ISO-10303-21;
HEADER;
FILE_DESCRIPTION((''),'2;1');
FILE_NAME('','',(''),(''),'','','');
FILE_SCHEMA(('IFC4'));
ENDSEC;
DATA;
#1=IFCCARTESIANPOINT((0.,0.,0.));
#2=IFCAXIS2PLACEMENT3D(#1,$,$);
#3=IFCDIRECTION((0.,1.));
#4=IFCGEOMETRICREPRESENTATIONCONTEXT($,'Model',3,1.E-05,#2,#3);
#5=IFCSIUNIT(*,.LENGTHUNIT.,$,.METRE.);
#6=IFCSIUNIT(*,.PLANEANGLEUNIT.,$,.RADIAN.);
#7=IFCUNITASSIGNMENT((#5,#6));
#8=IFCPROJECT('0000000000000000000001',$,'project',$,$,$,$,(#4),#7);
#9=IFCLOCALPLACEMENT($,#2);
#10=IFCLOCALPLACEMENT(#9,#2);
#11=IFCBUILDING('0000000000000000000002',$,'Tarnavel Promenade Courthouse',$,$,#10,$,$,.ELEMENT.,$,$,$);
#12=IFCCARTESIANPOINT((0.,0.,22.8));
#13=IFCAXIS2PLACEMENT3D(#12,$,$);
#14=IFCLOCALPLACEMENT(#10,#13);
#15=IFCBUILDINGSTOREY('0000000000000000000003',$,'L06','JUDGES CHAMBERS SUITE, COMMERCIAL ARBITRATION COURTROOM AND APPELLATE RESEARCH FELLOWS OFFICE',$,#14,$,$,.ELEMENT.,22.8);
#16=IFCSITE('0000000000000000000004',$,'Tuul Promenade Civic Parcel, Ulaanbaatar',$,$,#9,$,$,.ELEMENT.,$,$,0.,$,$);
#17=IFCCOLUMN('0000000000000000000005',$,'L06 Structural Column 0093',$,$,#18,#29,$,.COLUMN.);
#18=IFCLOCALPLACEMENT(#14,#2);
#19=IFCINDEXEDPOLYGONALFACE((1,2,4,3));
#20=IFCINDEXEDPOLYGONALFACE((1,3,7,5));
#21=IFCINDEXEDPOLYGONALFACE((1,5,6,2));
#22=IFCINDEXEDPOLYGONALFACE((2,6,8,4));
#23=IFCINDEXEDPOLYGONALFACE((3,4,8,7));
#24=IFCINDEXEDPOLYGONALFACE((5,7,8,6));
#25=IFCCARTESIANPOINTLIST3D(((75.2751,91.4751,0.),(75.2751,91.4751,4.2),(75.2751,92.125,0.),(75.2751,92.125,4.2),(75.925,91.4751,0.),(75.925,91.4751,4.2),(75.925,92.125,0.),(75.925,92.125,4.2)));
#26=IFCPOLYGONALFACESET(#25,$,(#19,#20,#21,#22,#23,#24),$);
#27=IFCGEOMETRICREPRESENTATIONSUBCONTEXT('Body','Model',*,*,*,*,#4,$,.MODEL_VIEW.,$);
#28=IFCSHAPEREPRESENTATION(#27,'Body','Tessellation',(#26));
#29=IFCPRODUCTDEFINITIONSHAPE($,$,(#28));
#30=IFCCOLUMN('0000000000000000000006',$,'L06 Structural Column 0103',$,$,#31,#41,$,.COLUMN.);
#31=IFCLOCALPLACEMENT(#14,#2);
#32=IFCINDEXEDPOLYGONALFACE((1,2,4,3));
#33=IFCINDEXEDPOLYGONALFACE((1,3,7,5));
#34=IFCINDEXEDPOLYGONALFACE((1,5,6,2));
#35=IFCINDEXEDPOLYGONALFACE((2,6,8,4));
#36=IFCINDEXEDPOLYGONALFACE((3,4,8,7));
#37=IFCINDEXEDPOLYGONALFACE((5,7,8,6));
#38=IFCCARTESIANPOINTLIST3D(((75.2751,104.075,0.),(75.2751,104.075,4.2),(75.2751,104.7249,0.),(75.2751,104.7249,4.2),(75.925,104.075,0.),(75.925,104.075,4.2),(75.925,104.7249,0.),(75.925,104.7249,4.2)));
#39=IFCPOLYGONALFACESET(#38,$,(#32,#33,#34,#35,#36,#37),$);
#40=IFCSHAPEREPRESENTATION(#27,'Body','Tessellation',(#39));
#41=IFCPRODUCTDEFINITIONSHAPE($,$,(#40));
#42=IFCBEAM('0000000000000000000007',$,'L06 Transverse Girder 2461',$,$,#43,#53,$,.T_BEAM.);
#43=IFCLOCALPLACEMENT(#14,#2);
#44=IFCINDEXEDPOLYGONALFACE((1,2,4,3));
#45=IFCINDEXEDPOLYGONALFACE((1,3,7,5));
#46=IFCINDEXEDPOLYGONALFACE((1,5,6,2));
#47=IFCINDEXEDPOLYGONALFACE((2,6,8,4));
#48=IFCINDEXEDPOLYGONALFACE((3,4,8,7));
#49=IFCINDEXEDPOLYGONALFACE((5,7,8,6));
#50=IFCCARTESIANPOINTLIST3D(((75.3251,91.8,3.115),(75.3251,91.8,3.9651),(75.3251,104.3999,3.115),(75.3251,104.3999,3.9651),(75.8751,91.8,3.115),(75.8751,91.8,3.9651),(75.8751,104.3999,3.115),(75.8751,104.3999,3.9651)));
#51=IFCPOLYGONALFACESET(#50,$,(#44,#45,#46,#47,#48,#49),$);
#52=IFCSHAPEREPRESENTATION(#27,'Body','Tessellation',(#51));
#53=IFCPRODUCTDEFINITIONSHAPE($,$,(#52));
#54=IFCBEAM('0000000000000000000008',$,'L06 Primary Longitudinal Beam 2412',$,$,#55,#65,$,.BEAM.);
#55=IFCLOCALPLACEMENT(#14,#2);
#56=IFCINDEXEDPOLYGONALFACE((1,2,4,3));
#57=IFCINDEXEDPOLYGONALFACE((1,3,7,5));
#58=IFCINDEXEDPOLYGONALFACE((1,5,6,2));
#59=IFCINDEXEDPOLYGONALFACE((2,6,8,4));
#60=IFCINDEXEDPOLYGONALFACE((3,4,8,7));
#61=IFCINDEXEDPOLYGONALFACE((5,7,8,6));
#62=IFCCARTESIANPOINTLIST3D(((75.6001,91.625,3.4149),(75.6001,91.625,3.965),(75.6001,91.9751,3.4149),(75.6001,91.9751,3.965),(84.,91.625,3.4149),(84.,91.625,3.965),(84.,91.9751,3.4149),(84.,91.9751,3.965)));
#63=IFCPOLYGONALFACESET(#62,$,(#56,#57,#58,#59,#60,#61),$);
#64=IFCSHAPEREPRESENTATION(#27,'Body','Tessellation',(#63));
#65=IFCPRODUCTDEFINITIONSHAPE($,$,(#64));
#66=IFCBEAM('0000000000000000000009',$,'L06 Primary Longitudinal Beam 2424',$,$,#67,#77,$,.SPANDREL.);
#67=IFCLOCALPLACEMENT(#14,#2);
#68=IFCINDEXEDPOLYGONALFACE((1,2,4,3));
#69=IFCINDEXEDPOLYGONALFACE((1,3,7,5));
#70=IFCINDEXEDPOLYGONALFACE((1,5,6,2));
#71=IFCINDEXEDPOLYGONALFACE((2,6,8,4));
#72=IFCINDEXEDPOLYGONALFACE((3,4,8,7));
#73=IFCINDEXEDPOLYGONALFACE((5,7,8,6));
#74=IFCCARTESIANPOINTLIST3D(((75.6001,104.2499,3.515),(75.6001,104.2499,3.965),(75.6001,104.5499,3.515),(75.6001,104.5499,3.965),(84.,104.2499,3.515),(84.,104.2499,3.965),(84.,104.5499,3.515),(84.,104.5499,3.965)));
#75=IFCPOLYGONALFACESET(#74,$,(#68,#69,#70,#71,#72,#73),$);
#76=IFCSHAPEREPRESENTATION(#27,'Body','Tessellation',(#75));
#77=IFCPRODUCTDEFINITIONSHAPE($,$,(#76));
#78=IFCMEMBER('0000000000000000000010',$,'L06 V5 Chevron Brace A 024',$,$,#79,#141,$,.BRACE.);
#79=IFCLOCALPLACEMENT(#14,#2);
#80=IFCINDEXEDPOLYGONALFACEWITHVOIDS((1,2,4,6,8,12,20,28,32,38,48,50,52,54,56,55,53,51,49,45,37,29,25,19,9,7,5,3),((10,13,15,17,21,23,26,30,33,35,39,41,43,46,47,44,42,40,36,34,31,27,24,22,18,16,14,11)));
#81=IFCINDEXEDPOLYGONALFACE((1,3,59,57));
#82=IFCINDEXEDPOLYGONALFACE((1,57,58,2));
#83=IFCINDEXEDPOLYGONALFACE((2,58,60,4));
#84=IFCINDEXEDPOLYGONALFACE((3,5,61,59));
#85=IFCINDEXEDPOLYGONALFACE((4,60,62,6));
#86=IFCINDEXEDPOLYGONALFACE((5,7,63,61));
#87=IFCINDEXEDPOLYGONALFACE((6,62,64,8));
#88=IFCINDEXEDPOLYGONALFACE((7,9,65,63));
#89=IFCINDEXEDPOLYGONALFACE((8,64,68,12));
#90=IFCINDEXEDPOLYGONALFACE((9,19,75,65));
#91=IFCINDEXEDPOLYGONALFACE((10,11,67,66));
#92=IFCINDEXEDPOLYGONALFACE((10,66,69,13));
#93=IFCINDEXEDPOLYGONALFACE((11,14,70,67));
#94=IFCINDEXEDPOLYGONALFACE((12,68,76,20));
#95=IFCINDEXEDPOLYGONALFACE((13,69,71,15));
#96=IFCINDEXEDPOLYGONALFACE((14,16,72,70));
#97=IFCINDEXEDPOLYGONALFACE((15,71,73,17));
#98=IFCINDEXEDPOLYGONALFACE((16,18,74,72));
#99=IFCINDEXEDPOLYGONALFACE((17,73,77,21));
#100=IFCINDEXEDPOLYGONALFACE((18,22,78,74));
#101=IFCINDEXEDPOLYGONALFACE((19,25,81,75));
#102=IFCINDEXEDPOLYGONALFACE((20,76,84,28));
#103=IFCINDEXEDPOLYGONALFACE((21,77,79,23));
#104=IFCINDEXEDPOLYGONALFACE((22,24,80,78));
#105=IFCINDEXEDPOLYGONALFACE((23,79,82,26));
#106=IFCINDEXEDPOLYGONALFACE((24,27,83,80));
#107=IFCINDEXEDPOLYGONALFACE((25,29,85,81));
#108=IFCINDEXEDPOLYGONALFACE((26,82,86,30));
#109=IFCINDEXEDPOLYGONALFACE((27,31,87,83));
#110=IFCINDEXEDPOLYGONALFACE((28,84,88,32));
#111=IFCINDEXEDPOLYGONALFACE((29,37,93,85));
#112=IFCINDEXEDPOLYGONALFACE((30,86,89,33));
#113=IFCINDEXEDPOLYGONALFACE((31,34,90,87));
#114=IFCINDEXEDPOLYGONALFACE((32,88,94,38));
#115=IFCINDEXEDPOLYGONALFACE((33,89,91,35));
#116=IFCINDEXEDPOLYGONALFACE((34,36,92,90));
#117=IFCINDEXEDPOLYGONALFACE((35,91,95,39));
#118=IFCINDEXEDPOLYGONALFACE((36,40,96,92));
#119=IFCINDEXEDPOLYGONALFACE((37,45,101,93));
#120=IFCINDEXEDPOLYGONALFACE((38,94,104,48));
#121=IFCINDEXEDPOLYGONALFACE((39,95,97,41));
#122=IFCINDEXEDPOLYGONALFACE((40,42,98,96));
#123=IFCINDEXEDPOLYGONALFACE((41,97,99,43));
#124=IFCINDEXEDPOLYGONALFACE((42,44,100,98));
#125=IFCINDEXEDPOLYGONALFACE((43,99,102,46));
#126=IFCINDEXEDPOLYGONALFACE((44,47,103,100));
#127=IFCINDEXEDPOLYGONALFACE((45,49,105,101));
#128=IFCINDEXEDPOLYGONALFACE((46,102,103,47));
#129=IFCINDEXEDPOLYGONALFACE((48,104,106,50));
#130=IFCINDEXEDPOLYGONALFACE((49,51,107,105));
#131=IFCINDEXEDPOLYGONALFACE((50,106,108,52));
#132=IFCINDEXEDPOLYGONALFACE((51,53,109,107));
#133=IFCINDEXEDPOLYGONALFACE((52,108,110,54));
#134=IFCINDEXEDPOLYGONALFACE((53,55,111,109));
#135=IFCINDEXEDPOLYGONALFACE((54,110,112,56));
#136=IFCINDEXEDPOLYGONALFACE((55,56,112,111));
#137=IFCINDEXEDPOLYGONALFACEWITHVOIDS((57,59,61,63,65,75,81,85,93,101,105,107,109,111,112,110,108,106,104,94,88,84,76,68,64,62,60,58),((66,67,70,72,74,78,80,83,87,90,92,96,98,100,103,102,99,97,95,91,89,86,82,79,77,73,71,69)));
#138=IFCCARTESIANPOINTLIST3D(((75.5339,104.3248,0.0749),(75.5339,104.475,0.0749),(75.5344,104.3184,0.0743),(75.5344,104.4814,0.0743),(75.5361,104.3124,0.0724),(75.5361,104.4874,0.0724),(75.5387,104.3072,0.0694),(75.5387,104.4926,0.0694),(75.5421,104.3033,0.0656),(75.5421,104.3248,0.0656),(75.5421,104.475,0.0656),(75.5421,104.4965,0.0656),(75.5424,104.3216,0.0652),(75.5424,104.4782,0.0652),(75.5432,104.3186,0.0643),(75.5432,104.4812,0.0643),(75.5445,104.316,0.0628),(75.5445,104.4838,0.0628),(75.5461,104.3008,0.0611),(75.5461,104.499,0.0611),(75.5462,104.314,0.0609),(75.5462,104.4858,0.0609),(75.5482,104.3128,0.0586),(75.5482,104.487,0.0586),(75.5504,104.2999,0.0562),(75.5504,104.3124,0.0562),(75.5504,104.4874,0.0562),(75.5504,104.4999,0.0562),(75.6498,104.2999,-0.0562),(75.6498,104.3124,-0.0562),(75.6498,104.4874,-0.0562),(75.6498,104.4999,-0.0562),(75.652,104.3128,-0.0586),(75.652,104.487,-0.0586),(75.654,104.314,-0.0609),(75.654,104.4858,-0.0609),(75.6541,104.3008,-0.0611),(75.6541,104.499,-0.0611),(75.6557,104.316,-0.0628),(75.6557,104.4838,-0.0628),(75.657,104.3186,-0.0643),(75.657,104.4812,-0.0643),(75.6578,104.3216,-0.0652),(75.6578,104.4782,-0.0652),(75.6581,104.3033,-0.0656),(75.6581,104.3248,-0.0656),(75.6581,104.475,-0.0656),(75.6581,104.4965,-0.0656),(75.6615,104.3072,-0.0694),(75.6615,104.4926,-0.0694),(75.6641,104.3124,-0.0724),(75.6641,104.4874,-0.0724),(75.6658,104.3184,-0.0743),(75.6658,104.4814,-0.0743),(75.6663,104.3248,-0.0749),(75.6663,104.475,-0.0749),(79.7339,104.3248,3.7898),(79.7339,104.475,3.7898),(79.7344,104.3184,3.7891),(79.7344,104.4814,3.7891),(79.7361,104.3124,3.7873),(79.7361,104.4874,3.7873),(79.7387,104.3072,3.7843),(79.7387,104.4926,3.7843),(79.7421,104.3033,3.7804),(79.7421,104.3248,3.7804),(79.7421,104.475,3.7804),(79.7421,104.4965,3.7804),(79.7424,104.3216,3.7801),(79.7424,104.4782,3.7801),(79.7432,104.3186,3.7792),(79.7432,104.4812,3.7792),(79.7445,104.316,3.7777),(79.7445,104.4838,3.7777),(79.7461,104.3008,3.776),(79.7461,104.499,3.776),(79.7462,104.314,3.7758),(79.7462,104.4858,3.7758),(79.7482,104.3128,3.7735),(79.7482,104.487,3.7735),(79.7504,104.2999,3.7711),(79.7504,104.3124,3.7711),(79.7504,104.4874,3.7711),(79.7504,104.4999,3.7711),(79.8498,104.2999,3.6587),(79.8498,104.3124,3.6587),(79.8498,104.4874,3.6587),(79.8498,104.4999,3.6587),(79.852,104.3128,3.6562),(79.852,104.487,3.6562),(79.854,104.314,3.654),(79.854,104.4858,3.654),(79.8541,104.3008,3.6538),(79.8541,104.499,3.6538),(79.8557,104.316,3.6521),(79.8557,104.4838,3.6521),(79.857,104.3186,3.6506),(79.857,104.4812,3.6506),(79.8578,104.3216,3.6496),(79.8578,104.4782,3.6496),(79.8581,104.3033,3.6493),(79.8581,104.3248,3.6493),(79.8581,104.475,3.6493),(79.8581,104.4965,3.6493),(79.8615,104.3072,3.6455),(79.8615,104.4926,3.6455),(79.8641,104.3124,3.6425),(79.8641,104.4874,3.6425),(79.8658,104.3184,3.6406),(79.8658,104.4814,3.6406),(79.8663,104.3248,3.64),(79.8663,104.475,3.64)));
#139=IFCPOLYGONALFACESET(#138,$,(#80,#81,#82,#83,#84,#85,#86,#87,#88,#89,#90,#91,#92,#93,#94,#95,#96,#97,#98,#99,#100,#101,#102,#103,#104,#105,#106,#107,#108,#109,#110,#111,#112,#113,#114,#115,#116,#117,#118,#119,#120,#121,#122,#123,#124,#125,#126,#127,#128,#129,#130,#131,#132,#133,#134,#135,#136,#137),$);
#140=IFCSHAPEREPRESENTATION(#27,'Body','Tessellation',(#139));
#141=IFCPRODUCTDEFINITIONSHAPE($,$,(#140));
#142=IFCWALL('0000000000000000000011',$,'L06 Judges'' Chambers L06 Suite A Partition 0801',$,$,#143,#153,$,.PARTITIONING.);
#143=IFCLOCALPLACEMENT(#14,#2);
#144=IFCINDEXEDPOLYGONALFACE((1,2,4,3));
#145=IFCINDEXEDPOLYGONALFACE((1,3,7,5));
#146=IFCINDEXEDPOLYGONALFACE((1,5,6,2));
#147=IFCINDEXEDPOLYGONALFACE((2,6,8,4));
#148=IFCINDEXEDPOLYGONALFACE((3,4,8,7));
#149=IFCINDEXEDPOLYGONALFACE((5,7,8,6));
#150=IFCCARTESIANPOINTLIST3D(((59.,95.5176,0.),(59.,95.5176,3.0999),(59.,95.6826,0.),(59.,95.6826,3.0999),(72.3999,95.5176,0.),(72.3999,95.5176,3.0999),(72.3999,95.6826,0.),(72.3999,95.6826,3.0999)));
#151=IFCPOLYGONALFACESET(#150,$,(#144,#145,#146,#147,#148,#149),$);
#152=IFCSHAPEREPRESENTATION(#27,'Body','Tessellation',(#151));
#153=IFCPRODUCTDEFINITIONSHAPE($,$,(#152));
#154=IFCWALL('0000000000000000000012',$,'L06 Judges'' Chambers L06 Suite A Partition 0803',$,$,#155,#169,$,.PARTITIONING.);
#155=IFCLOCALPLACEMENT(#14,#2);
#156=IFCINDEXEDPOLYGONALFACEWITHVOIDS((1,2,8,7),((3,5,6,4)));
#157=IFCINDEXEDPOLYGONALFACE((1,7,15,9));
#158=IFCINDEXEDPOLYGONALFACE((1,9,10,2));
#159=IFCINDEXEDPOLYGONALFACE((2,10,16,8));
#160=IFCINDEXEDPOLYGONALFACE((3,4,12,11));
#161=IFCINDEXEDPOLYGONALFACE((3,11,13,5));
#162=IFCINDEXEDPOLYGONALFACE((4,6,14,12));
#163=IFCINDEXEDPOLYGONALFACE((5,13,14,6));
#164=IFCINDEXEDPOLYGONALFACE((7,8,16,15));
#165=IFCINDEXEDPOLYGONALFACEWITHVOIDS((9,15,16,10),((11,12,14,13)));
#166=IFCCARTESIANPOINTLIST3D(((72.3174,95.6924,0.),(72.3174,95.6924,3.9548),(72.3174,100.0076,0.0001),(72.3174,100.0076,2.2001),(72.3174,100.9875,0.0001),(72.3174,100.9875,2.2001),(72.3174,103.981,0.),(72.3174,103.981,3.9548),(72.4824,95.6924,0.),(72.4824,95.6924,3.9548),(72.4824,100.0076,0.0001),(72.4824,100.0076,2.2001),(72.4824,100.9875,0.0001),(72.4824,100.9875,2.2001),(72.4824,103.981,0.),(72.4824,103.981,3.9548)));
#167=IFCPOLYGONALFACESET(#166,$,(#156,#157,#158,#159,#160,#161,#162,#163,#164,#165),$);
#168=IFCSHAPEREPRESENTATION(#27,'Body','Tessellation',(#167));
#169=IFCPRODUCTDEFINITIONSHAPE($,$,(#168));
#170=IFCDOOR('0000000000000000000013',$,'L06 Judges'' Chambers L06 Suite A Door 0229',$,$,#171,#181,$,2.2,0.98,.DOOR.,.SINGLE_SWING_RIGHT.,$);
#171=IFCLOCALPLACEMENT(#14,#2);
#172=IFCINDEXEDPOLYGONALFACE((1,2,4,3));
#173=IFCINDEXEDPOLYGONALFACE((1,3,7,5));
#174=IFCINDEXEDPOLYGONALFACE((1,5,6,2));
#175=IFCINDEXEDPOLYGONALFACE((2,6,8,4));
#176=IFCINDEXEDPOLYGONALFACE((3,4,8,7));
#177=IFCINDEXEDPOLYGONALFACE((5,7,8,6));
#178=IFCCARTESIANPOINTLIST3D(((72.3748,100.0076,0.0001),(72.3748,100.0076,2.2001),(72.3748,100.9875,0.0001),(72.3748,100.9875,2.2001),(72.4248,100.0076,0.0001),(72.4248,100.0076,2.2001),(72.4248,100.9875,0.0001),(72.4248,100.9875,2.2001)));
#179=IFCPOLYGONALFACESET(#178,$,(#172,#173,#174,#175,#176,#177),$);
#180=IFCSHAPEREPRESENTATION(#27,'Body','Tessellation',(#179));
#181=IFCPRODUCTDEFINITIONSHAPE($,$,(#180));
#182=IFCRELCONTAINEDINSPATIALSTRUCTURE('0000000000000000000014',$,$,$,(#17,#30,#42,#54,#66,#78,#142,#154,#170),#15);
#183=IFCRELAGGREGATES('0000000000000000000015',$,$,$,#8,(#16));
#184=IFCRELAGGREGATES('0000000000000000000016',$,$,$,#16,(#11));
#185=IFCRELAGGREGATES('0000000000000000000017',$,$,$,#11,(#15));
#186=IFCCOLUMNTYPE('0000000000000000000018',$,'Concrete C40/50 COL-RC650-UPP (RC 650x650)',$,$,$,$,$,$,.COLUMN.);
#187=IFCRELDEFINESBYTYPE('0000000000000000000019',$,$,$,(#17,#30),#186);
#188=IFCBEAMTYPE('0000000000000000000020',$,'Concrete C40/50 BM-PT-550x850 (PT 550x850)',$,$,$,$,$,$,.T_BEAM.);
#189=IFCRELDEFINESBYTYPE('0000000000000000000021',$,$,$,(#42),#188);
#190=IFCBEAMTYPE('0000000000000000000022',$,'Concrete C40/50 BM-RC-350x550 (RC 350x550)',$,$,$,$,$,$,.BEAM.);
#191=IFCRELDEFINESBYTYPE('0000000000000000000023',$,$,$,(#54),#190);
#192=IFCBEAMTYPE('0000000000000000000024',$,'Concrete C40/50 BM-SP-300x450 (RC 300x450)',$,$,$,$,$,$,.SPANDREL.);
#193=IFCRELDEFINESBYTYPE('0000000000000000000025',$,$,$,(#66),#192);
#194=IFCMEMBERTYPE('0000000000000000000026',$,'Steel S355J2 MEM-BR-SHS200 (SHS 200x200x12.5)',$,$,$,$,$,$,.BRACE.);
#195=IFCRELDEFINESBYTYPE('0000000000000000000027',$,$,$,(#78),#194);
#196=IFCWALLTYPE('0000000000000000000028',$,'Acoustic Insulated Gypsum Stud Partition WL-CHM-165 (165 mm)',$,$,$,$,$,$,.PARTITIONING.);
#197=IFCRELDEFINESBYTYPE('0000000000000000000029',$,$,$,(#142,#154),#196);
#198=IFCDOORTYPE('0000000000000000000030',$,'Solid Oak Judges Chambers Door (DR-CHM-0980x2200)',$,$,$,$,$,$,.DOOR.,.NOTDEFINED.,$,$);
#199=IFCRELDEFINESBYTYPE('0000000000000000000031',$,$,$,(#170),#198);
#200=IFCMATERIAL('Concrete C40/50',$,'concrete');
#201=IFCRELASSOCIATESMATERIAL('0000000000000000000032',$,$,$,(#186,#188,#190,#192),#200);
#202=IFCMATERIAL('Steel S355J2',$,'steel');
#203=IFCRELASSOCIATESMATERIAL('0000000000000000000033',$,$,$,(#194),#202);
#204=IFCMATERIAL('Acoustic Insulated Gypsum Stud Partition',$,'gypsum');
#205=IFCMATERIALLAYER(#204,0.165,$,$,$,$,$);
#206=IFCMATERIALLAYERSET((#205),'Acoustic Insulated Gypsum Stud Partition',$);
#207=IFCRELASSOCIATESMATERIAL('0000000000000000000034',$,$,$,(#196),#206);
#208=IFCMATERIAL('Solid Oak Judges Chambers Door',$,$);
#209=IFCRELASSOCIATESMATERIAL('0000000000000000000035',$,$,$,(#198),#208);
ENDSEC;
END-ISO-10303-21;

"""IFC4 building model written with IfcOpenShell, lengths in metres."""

from ifc_helpers import new_model, si_unit, direction, frame, frame_2d, origin, origin_2d, place, context, subcontext, project, spatial, rectangle, hollow_rectangle, extrude, material, layer, layer_set, material_profile, profile_set, type_object, element, fill, save


model = new_model("IFC4")

# Units and contexts
model_context = context("Model", 3, precision=1e-05, world=origin(), true_north=direction((0.0, 1.0)))
body_context = subcontext(model_context, "Body", "Model", "MODEL_VIEW")
ifc_project = project(units=[si_unit("LENGTHUNIT", "METRE"), si_unit("PLANEANGLEUNIT", "RADIAN")], contexts=[model_context])

# Site, building, storey
site_placement = place(None, origin())
site = spatial("IfcSite", under=ifc_project, at=site_placement, Name="Tuul Promenade Civic Parcel, Ulaanbaatar", CompositionType="ELEMENT", RefElevation=0.0)
building_placement = place(site_placement, origin())
building = spatial("IfcBuilding", under=site, at=building_placement, Name="Tarnavel Promenade Courthouse", CompositionType="ELEMENT")
storey_placement = place(building_placement, frame((0.0, 0.0, 22.8)))
storey = spatial("IfcBuildingStorey", under=building, at=storey_placement, Name="L06", Description="JUDGES CHAMBERS SUITE, COMMERCIAL ARBITRATION COURTROOM AND APPELLATE RESEARCH FELLOWS OFFICE", CompositionType="ELEMENT", Elevation=22.8)

# Columns
ifc_material_1 = material(Name="Concrete C40/50", Category="concrete")
ifc_material_profile_1 = material_profile(ifc_material_1, rectangle(XDim=0.6499, YDim=0.6499, at=origin_2d()), Name="RC 650x650")
ifc_profile_set_1 = profile_set([ifc_material_profile_1], Name="Concrete C40/50")
column_type = type_object("IfcColumnType", Name="Concrete C40/50 COL-RC650-UPP (RC 650x650)", PredefinedType="COLUMN", material=ifc_profile_set_1)
for number, where, z_axis, x_axis, name in (
    (1, (75.6001, 91.8, 0.0), (0.0, 0.0, 1.0), (1.0, 0.0, 0.0), "L06 Structural Column 0093"),
    (2, (75.6001, 104.3999, 0.0), (0.0, 0.0, 1.0), (1.0, 0.0, 0.0), "L06 Structural Column 0103"),
):
    element("IfcColumn", number, at=place(storey_placement, frame(where, z_axis=z_axis, x_axis=x_axis)), inside=storey, type_object=column_type, Name=name, PredefinedType="COLUMN", context=body_context, shape_type="SweptSolid", body=[
        extrude(rectangle(XDim=0.6499, YDim=0.6499, at=origin_2d()), origin(), (0.0, 0.0, 1.0), 4.2),
    ])

# Beams
ifc_material_profile_2 = material_profile(ifc_material_1, rectangle(XDim=0.55, YDim=0.8501, at=origin_2d()), Name="PT 550x850")
ifc_profile_set_2 = profile_set([ifc_material_profile_2], Name="Concrete C40/50")
beam_type_1 = type_object("IfcBeamType", Name="Concrete C40/50 BM-PT-550x850 (PT 550x850)", PredefinedType="T_BEAM", material=ifc_profile_set_2)
beam_1_placement = place(storey_placement, frame((75.6001, 91.8, 3.54), z_axis=(0.0, 1.0, 0.0), x_axis=(-1.0, 0.0, 0.0)))
element("IfcBeam", 3, at=beam_1_placement, inside=storey, type_object=beam_type_1, Name="L06 Transverse Girder 2461", PredefinedType="T_BEAM", context=body_context, shape_type="SweptSolid", body=[
    extrude(rectangle(XDim=0.55, YDim=0.8501, at=origin_2d()), origin(), (0.0, 0.0, 1.0), 12.5999),
])
ifc_material_profile_3 = material_profile(ifc_material_1, rectangle(XDim=0.3501, YDim=0.55, at=origin_2d()), Name="RC 350x550")
ifc_profile_set_3 = profile_set([ifc_material_profile_3], Name="Concrete C40/50")
beam_type_2 = type_object("IfcBeamType", Name="Concrete C40/50 BM-RC-350x550 (RC 350x550)", PredefinedType="BEAM", material=ifc_profile_set_3)
beam_2_placement = place(storey_placement, frame((75.6001, 91.8, 3.6899), z_axis=(1.0, 0.0, 0.0), x_axis=(0.0, 1.0, 0.0)))
element("IfcBeam", 4, at=beam_2_placement, inside=storey, type_object=beam_type_2, Name="L06 Primary Longitudinal Beam 2412", PredefinedType="BEAM", context=body_context, shape_type="SweptSolid", body=[
    extrude(rectangle(XDim=0.3501, YDim=0.55, at=origin_2d()), origin(), (0.0, 0.0, 1.0), 8.3999),
])
ifc_material_profile_4 = material_profile(ifc_material_1, rectangle(XDim=0.3, YDim=0.45, at=origin_2d()), Name="RC 300x450")
ifc_profile_set_4 = profile_set([ifc_material_profile_4], Name="Concrete C40/50")
beam_type_3 = type_object("IfcBeamType", Name="Concrete C40/50 BM-SP-300x450 (RC 300x450)", PredefinedType="SPANDREL", material=ifc_profile_set_4)
beam_3_placement = place(storey_placement, frame((75.6001, 104.3999, 3.74), z_axis=(1.0, 0.0, 0.0), x_axis=(0.0, 1.0, 0.0)))
element("IfcBeam", 5, at=beam_3_placement, inside=storey, type_object=beam_type_3, Name="L06 Primary Longitudinal Beam 2424", PredefinedType="SPANDREL", context=body_context, shape_type="SweptSolid", body=[
    extrude(rectangle(XDim=0.3, YDim=0.45, at=origin_2d()), origin(), (0.0, 0.0, 1.0), 8.3999),
])

# Member
ifc_material_2 = material(Name="Steel S355J2", Category="steel")
ifc_material_profile_5 = material_profile(ifc_material_2, hollow_rectangle(XDim=0.2, YDim=0.2, WallThickness=0.0125, InnerFilletRadius=0.0125, OuterFilletRadius=0.0249, at=origin_2d()), Name="SHS 200x200x12.5")
ifc_profile_set_5 = profile_set([ifc_material_profile_5], Name="Steel S355J2")
member_type = type_object("IfcMemberType", Name="Steel S355J2 MEM-BR-SHS200 (SHS 200x200x12.5)", PredefinedType="BRACE", material=ifc_profile_set_5)
member_placement = place(storey_placement, frame((75.6001, 104.3999, 0.0), z_axis=(0.749041, 0.0, 0.662524), x_axis=(0.0, 1.0, 0.0)))
element("IfcMember", 6, at=member_placement, inside=storey, type_object=member_type, Name="L06 V5 Chevron Brace A 024", PredefinedType="BRACE", context=body_context, shape_type="SweptSolid", body=[
    extrude(hollow_rectangle(XDim=0.2, YDim=0.2, WallThickness=0.0125, InnerFilletRadius=0.0125, OuterFilletRadius=0.0249, at=origin_2d()), origin(), (0.0, 0.0, 1.0), 5.6072),
])

# Wall
ifc_material_3 = material(Name="Acoustic Insulated Gypsum Stud Partition", Category="gypsum")
ifc_layer_1 = layer(ifc_material_3, 0.165)
ifc_layer_set_1 = layer_set([ifc_layer_1], Name="Acoustic Insulated Gypsum Stud Partition")
wall_type_1 = type_object("IfcWallType", Name="Acoustic Insulated Gypsum Stud Partition WL-CHM-165 (165 mm)", PredefinedType="PARTITIONING", material=ifc_layer_set_1)
wall_1_placement = place(storey_placement, frame((72.3999, 95.6001, 0.0), z_axis=(0.0, 0.0, 1.0), x_axis=(-1.0, 0.0, 0.0)))
element("IfcWall", 7, at=wall_1_placement, inside=storey, type_object=wall_type_1, Name="L06 Judges' Chambers L06 Suite A Partition 0801", PredefinedType="PARTITIONING", context=body_context, shape_type="SweptSolid", body=[
    extrude(rectangle(XDim=13.3999, YDim=0.165, at=frame_2d((6.7, 0.0))), origin(), (0.0, 0.0, 1.0), 3.0999),
])

# Wall, opening, door
wall_2_placement = place(storey_placement, frame((72.3999, 103.981, 0.0), z_axis=(0.0, 0.0, 1.0), x_axis=(0.0, -1.0, 0.0)))
wall_2 = element("IfcWall", 8, at=wall_2_placement, inside=storey, type_object=wall_type_1, Name="L06 Judges' Chambers L06 Suite A Partition 0803", PredefinedType="PARTITIONING", context=body_context, shape_type="SweptSolid", body=[
    extrude(rectangle(XDim=8.2886, YDim=0.165, at=frame_2d((4.1443, 0.0))), origin(), (0.0, 0.0, 1.0), 3.9548),
])
opening_1_placement = place(wall_2_placement, frame((2.9934, 0.0, 0.0)))
opening_1 = element("IfcOpeningElement", 9, at=opening_1_placement, cuts=wall_2, PredefinedType="OPENING", context=body_context, shape_type="SweptSolid", body=[
    extrude(rectangle(XDim=0.98, YDim=2.2, at=frame_2d((0.49, 1.1001))), frame((0.0, 0.0925, 0.0), z_axis=(0.0, -1.0, 0.0), x_axis=(1.0, 0.0, 0.0)), (0.0, 0.0, 1.0), 0.1851),
])
ifc_material_4 = material(Name="Solid Oak Judges Chambers Door")
door_type_1 = type_object("IfcDoorType", Name="Solid Oak Judges Chambers Door (DR-CHM-0980x2200)", OperationType="NOTDEFINED", PredefinedType="DOOR", material=ifc_material_4)
door_1_placement = place(opening_1_placement, origin())
door_1 = element("IfcDoor", 10, at=door_1_placement, inside=storey, type_object=door_type_1, Name="L06 Judges' Chambers L06 Suite A Door 0229", OperationType="SINGLE_SWING_RIGHT", OverallHeight=2.2, OverallWidth=0.98, PredefinedType="DOOR", context=body_context, shape_type="SweptSolid", body=[
    extrude(rectangle(XDim=0.98, YDim=2.2, at=frame_2d((0.49, 1.1001))), frame((0.0, 0.0249, 0.0), z_axis=(0.0, -1.0, 0.0), x_axis=(1.0, 0.0, 0.0)), (0.0, 0.0, 1.0), 0.05),
])
fill(opening_1, door_1)

save(model, "model.ifc")
